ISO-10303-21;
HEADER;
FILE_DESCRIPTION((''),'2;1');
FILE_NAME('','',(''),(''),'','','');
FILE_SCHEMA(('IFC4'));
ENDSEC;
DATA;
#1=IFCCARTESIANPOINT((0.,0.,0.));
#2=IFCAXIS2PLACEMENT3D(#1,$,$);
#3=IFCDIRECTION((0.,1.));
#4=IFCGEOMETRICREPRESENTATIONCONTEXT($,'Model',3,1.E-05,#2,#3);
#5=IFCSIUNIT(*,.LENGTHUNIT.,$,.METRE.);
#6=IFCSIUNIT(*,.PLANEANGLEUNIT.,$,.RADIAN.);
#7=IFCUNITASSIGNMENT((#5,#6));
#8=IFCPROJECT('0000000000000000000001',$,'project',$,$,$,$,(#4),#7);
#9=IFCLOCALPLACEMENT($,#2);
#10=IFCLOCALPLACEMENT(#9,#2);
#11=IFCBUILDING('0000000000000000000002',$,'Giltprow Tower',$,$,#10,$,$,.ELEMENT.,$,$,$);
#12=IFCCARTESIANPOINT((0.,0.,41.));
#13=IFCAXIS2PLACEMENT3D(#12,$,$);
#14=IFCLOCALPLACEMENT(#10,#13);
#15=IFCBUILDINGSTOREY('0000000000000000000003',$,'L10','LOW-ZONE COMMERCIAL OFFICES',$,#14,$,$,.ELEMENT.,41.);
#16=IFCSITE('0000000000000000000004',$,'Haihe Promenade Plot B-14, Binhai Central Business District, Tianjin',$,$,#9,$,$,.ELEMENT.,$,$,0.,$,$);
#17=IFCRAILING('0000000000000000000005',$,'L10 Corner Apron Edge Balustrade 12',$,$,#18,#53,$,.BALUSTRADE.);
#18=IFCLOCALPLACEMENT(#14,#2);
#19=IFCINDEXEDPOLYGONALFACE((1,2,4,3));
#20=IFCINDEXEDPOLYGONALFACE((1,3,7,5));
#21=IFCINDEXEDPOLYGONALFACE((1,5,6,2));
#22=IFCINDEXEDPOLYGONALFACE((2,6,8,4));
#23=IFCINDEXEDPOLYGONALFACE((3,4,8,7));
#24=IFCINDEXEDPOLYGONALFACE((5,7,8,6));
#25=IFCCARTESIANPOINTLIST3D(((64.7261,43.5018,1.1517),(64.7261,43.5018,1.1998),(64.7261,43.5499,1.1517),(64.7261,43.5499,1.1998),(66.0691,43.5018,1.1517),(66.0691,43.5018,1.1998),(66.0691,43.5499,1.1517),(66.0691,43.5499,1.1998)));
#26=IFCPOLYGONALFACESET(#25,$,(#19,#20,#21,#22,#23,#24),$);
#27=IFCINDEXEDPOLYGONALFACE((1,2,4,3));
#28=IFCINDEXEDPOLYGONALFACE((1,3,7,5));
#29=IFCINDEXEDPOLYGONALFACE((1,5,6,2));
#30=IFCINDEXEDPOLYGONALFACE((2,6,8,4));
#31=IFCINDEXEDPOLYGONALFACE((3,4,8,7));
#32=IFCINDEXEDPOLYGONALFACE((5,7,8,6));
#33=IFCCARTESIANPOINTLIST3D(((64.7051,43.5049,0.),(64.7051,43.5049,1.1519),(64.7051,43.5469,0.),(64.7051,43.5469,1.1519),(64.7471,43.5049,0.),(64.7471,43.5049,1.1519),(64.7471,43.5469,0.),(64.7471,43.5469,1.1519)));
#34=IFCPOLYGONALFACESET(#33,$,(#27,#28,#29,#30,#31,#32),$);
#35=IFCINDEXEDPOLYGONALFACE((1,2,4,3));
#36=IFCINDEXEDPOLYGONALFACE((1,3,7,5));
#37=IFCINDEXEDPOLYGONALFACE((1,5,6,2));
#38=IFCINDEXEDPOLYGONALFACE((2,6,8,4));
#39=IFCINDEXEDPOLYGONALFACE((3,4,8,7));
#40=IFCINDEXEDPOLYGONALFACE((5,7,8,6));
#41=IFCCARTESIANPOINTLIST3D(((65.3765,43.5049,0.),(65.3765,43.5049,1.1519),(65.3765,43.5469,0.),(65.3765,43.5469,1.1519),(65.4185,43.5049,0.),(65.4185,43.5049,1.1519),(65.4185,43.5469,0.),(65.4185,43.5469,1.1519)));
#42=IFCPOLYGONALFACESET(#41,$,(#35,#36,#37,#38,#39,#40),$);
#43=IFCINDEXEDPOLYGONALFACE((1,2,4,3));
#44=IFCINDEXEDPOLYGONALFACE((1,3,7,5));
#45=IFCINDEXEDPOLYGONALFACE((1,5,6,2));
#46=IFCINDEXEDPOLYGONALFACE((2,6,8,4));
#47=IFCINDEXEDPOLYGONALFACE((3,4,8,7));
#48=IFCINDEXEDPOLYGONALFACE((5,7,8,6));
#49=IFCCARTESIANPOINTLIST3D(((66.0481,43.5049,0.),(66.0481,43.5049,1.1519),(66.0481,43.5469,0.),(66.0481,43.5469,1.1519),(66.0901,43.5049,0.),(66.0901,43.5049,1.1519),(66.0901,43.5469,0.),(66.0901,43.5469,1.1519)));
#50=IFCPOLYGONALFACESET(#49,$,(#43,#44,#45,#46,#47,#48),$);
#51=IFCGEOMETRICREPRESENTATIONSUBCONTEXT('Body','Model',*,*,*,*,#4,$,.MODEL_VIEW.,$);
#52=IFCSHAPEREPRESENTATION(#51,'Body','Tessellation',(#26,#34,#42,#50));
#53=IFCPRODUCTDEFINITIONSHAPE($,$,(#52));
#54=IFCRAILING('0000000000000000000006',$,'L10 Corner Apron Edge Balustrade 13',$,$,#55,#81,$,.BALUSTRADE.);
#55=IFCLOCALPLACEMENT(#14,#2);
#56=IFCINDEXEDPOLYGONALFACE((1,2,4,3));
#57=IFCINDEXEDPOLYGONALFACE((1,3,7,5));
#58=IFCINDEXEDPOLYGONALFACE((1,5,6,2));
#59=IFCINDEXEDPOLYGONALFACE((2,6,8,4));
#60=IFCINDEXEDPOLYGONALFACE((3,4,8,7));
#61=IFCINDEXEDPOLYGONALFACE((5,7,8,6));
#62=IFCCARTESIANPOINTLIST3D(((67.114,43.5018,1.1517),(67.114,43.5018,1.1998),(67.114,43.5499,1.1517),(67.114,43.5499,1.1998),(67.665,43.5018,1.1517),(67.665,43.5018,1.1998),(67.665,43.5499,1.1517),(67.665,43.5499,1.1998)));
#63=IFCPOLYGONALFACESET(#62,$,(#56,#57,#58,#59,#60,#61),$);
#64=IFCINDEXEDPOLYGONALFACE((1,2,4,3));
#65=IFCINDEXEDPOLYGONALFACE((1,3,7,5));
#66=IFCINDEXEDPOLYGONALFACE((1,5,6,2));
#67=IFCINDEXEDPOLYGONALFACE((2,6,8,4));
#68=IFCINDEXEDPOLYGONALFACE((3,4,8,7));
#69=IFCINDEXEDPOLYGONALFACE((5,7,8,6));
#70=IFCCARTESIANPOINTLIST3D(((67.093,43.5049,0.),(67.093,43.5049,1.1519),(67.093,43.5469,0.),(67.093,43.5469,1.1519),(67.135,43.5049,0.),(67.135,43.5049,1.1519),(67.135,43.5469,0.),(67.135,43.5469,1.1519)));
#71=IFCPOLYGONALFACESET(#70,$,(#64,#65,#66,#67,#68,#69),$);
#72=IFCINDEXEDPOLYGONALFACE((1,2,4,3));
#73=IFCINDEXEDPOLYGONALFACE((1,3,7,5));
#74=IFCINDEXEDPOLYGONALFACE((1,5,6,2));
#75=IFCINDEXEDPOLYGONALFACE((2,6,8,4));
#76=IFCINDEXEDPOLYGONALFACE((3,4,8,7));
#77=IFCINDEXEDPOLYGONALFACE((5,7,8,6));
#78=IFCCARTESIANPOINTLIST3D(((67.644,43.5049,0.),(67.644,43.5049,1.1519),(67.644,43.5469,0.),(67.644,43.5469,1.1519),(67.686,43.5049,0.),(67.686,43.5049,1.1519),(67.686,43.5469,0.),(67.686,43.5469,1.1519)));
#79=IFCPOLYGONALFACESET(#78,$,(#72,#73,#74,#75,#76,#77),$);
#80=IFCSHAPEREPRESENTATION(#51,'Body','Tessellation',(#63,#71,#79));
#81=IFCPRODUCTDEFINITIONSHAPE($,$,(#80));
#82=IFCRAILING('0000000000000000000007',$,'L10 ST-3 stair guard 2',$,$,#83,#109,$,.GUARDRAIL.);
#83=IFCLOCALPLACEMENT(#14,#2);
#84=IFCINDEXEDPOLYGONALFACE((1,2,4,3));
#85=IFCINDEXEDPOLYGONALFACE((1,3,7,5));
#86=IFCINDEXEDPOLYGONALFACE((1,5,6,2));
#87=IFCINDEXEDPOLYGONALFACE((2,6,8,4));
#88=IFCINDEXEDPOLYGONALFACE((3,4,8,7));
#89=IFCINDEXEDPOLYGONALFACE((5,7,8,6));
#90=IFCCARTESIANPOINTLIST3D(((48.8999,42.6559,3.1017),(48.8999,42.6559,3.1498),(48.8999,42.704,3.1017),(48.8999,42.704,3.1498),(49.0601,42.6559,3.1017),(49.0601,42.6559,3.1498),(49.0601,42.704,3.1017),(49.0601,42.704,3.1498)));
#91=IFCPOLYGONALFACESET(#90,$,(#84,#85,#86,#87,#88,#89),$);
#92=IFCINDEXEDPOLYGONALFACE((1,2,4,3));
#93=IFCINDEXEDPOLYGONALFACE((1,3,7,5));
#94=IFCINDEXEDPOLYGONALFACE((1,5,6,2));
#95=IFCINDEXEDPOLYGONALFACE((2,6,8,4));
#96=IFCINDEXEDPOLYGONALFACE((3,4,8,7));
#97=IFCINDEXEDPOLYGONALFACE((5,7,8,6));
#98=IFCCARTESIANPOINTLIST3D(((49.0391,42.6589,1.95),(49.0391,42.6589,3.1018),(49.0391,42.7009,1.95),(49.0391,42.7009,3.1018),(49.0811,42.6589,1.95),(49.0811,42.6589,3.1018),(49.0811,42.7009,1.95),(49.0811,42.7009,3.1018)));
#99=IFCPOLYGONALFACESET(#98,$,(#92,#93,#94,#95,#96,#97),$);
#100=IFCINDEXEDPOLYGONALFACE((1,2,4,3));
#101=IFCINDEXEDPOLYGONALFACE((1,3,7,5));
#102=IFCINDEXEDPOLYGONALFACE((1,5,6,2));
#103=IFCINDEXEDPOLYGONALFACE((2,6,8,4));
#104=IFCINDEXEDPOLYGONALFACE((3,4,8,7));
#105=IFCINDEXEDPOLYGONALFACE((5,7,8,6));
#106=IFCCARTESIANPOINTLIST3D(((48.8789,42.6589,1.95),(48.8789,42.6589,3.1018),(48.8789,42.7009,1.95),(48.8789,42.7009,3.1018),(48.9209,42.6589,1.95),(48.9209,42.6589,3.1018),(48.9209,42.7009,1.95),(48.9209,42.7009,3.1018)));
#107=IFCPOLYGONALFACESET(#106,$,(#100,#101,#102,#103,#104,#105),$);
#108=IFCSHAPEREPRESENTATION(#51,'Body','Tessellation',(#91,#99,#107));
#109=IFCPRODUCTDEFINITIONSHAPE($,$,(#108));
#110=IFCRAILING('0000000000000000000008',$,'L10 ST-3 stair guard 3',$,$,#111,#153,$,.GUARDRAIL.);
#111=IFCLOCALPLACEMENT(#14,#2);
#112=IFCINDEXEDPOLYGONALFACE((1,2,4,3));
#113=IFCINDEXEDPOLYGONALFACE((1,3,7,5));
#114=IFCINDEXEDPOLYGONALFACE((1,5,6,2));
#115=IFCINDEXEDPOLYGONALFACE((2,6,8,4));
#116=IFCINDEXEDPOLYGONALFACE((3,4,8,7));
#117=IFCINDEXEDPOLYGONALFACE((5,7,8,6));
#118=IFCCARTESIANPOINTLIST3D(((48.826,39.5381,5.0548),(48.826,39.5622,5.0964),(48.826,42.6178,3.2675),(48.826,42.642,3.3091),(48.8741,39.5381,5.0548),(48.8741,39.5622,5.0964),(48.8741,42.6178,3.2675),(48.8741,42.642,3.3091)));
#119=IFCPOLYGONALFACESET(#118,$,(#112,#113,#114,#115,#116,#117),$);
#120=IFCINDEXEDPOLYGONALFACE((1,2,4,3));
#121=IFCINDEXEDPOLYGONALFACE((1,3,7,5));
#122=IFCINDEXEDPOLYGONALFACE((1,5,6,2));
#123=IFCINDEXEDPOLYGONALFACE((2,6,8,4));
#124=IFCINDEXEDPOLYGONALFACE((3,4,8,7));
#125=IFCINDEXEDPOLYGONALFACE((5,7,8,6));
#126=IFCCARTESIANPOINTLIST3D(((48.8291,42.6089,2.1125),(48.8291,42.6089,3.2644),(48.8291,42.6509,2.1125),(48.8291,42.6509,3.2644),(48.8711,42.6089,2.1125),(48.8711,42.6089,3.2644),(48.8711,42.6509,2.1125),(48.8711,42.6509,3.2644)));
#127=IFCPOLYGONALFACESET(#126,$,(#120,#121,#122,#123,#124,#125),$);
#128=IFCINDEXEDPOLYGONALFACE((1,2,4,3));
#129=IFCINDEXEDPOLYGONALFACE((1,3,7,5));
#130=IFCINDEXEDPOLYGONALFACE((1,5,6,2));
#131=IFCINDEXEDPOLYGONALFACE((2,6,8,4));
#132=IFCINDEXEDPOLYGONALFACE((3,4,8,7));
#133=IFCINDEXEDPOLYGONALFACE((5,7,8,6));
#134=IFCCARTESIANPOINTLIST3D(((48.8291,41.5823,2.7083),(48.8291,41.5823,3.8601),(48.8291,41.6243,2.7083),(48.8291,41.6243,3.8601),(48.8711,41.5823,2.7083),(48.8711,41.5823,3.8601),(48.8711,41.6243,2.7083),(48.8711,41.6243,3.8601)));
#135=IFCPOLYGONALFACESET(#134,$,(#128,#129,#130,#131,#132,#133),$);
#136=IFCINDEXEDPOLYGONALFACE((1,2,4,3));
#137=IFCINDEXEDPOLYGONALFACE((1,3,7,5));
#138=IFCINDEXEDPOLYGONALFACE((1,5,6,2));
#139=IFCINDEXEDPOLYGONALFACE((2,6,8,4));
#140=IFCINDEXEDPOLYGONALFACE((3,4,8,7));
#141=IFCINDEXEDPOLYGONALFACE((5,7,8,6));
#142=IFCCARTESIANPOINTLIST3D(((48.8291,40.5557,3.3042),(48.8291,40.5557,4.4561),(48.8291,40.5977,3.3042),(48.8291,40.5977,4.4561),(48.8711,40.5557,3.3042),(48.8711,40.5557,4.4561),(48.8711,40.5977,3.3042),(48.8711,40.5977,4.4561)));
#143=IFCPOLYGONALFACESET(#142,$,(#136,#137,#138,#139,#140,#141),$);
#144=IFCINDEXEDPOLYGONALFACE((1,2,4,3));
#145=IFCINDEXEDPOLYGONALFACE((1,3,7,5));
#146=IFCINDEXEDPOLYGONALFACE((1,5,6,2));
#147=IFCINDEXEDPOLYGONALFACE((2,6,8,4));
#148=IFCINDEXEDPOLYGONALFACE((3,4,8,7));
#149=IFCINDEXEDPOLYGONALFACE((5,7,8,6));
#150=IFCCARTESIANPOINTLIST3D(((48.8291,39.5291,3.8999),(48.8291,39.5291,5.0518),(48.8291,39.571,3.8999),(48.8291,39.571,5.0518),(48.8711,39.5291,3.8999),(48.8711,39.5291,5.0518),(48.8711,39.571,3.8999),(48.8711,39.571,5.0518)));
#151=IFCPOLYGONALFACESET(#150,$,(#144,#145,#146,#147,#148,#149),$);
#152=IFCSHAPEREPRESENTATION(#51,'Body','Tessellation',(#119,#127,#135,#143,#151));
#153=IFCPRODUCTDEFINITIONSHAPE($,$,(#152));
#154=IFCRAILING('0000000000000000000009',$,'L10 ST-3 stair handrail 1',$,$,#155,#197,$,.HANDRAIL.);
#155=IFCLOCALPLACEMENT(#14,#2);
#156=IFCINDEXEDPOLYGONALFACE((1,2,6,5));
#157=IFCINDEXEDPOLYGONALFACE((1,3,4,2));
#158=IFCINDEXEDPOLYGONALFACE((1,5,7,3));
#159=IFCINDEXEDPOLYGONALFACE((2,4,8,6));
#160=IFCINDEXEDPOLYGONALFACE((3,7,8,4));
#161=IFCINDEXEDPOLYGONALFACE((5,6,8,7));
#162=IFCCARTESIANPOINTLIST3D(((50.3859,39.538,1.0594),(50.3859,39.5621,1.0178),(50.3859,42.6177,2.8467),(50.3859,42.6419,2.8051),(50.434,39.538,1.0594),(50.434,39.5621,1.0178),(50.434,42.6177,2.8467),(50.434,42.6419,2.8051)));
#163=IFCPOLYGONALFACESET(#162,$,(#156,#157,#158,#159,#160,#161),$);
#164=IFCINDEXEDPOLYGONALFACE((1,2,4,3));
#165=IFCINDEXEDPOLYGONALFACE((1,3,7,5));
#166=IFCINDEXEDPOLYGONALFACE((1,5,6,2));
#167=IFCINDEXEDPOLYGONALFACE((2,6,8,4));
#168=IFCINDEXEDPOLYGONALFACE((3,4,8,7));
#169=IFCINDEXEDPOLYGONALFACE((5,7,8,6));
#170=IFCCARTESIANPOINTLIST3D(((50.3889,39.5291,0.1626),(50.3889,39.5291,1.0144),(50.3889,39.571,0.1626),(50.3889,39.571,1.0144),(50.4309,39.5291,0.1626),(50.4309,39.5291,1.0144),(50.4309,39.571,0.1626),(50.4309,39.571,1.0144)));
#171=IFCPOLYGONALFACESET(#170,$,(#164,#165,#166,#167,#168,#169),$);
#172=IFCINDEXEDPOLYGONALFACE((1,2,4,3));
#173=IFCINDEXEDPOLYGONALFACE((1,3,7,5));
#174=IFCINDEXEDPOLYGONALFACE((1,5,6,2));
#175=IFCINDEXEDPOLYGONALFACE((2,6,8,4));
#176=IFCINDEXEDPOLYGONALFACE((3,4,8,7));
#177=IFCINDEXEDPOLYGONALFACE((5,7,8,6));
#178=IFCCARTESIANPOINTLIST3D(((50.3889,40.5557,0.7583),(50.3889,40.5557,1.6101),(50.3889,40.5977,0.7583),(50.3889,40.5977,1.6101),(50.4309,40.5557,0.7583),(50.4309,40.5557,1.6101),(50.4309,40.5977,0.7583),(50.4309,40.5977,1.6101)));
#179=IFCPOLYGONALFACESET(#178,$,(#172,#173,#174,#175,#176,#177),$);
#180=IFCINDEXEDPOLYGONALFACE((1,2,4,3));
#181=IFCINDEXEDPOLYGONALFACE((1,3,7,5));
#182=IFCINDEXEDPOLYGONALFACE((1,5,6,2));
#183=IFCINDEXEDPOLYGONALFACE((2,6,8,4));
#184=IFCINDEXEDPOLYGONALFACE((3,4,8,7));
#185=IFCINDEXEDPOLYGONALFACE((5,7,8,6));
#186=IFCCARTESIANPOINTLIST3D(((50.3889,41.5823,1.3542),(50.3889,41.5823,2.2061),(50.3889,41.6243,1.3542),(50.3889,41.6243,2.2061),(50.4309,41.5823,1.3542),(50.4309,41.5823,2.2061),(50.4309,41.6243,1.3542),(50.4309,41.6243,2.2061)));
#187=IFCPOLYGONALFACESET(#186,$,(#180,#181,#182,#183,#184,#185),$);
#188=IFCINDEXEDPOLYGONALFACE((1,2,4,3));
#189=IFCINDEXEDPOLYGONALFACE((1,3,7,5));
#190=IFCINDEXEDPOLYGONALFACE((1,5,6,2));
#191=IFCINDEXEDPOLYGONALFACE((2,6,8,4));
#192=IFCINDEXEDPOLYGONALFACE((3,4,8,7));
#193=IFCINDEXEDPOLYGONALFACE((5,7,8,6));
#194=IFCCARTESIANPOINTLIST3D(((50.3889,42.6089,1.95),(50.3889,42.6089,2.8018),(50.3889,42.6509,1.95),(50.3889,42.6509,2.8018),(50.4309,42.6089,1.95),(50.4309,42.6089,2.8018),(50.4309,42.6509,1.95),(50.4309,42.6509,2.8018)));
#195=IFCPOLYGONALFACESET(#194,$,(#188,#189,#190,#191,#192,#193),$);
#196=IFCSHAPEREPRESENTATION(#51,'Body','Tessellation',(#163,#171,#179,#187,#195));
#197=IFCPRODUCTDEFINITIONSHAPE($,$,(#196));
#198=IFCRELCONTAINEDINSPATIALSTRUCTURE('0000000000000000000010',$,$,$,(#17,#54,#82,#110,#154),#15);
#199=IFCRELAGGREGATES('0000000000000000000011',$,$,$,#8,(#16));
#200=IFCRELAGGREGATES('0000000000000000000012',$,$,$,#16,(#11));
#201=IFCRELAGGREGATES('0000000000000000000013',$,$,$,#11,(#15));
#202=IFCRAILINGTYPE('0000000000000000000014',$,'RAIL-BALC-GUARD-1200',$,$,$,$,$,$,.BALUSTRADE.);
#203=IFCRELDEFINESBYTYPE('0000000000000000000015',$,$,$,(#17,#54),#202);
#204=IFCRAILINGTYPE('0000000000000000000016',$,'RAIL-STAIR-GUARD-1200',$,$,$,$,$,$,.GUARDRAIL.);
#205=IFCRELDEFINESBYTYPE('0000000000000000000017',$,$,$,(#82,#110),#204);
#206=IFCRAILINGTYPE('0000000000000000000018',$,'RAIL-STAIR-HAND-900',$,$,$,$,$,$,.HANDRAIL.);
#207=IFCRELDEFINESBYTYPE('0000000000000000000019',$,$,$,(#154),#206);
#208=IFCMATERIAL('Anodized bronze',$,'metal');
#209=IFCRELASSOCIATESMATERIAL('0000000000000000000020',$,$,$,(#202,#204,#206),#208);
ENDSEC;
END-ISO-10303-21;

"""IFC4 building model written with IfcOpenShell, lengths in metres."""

from ifc_helpers import new_model, si_unit, direction, frame, origin, origin_2d, place, context, subcontext, project, spatial, rectangle, extrude, material, type_object, element, save


model = new_model("IFC4")

# Units and contexts
model_context = context("Model", 3, precision=1e-05, world=origin(), true_north=direction((0.0, 1.0)))
body_context = subcontext(model_context, "Body", "Model", "MODEL_VIEW")
ifc_project = project(units=[si_unit("LENGTHUNIT", "METRE"), si_unit("PLANEANGLEUNIT", "RADIAN")], contexts=[model_context])

# Site, building, storey
site_placement = place(None, origin())
site = spatial("IfcSite", under=ifc_project, at=site_placement, Name="Haihe Promenade Plot B-14, Binhai Central Business District, Tianjin", CompositionType="ELEMENT", RefElevation=0.0)
building_placement = place(site_placement, origin())
building = spatial("IfcBuilding", under=site, at=building_placement, Name="Giltprow Tower", CompositionType="ELEMENT")
storey_placement = place(building_placement, frame((0.0, 0.0, 41.0)))
storey = spatial("IfcBuildingStorey", under=building, at=storey_placement, Name="L10", Description="LOW-ZONE COMMERCIAL OFFICES", CompositionType="ELEMENT", Elevation=41.0)

# Railings
ifc_material_1 = material(Name="Anodized bronze", Category="metal")
railing_type_1 = type_object("IfcRailingType", Name="RAIL-BALC-GUARD-1200", PredefinedType="BALUSTRADE", material=ifc_material_1)
railing_1_placement = place(storey_placement, frame((64.7261, 43.5259, 0.0)))
element("IfcRailing", 1, at=railing_1_placement, inside=storey, type_object=railing_type_1, Name="L10 Corner Apron Edge Balustrade 12", PredefinedType="BALUSTRADE", context=body_context, shape_type="SweptSolid", body=[
    extrude(rectangle(XDim=0.0481, YDim=0.0481, at=origin_2d()), frame((0.0, 0.0, 1.1758), z_axis=(1.0, 0.0, 0.0), x_axis=(0.0, 1.0, 0.0)), (0.0, 0.0, 1.0), 1.343),
    extrude(rectangle(XDim=0.042, YDim=0.042, at=origin_2d()), origin(), (0.0, 0.0, 1.0), 1.1519),
    extrude(rectangle(XDim=0.042, YDim=0.042, at=origin_2d()), frame((0.6714, 0.0, 0.0)), (0.0, 0.0, 1.0), 1.1519),
    extrude(rectangle(XDim=0.042, YDim=0.042, at=origin_2d()), frame((1.343, 0.0, 0.0)), (0.0, 0.0, 1.0), 1.1519),
])
railing_2_placement = place(storey_placement, frame((67.114, 43.5259, 0.0)))
element("IfcRailing", 2, at=railing_2_placement, inside=storey, type_object=railing_type_1, Name="L10 Corner Apron Edge Balustrade 13", PredefinedType="BALUSTRADE", context=body_context, shape_type="SweptSolid", body=[
    extrude(rectangle(XDim=0.0481, YDim=0.0481, at=origin_2d()), frame((0.0, 0.0, 1.1758), z_axis=(1.0, 0.0, 0.0), x_axis=(0.0, 1.0, 0.0)), (0.0, 0.0, 1.0), 0.551),
    extrude(rectangle(XDim=0.042, YDim=0.042, at=origin_2d()), origin(), (0.0, 0.0, 1.0), 1.1519),
    extrude(rectangle(XDim=0.042, YDim=0.042, at=origin_2d()), frame((0.551, 0.0, 0.0)), (0.0, 0.0, 1.0), 1.1519),
])
railing_type_2 = type_object("IfcRailingType", Name="RAIL-STAIR-GUARD-1200", PredefinedType="GUARDRAIL", material=ifc_material_1)
railing_3_placement = place(storey_placement, frame((49.0601, 42.6799, 1.95)))
element("IfcRailing", 3, at=railing_3_placement, inside=storey, type_object=railing_type_2, Name="L10 ST-3 stair guard 2", PredefinedType="GUARDRAIL", context=body_context, shape_type="SweptSolid", body=[
    extrude(rectangle(XDim=0.0481, YDim=0.0481, at=origin_2d()), frame((0.0, 0.0, 1.1758), z_axis=(-1.0, 0.0, 0.0), x_axis=(0.0, -1.0, 0.0)), (0.0, 0.0, 1.0), 0.1602),
    extrude(rectangle(XDim=0.042, YDim=0.042, at=origin_2d()), origin(), (0.0, 0.0, 1.0), 1.1519),
    extrude(rectangle(XDim=0.042, YDim=0.042, at=origin_2d()), frame((-0.1602, 0.0, 0.0)), (0.0, 0.0, 1.0), 1.1519),
])
railing_4_placement = place(storey_placement, frame((48.8501, 42.6299, 2.1125)))
element("IfcRailing", 4, at=railing_4_placement, inside=storey, type_object=railing_type_2, Name="L10 ST-3 stair guard 3", PredefinedType="GUARDRAIL", context=body_context, shape_type="SweptSolid", body=[
    extrude(rectangle(XDim=0.0481, YDim=0.0481, at=origin_2d()), frame((0.0, 0.0, 1.1758), z_axis=(0.0, -0.864903, 0.501939), x_axis=(1.0, 0.0, 0.0)), (0.0, 0.0, 1.0), 3.5608),
    extrude(rectangle(XDim=0.042, YDim=0.042, at=origin_2d()), origin(), (0.0, 0.0, 1.0), 1.1519),
    extrude(rectangle(XDim=0.042, YDim=0.042, at=origin_2d()), frame((0.0, -1.0266, 0.5957)), (0.0, 0.0, 1.0), 1.1519),
    extrude(rectangle(XDim=0.042, YDim=0.042, at=origin_2d()), frame((0.0, -2.0532, 1.1917)), (0.0, 0.0, 1.0), 1.1519),
    extrude(rectangle(XDim=0.042, YDim=0.042, at=origin_2d()), frame((0.0, -3.0798, 1.7874)), (0.0, 0.0, 1.0), 1.1519),
])
railing_type_3 = type_object("IfcRailingType", Name="RAIL-STAIR-HAND-900", PredefinedType="HANDRAIL", material=ifc_material_1)
railing_5_placement = place(storey_placement, frame((50.4099, 39.55, 0.1626)))
element("IfcRailing", 5, at=railing_5_placement, inside=storey, type_object=railing_type_3, Name="L10 ST-3 stair handrail 1", PredefinedType="HANDRAIL", context=body_context, shape_type="SweptSolid", body=[
    extrude(rectangle(XDim=0.0481, YDim=0.0481, at=origin_2d()), frame((0.0, 0.0, 0.876), z_axis=(0.0, 0.864903, 0.501939), x_axis=(-1.0, 0.0, 0.0)), (0.0, 0.0, 1.0), 3.5608),
    extrude(rectangle(XDim=0.042, YDim=0.042, at=origin_2d()), origin(), (0.0, 0.0, 1.0), 0.8518),
    extrude(rectangle(XDim=0.042, YDim=0.042, at=origin_2d()), frame((0.0, 1.0266, 0.5957)), (0.0, 0.0, 1.0), 0.8518),
    extrude(rectangle(XDim=0.042, YDim=0.042, at=origin_2d()), frame((0.0, 2.0532, 1.1917)), (0.0, 0.0, 1.0), 0.8518),
    extrude(rectangle(XDim=0.042, YDim=0.042, at=origin_2d()), frame((0.0, 3.0798, 1.7874)), (0.0, 0.0, 1.0), 0.8518),
])

save(model, "model.ifc")
